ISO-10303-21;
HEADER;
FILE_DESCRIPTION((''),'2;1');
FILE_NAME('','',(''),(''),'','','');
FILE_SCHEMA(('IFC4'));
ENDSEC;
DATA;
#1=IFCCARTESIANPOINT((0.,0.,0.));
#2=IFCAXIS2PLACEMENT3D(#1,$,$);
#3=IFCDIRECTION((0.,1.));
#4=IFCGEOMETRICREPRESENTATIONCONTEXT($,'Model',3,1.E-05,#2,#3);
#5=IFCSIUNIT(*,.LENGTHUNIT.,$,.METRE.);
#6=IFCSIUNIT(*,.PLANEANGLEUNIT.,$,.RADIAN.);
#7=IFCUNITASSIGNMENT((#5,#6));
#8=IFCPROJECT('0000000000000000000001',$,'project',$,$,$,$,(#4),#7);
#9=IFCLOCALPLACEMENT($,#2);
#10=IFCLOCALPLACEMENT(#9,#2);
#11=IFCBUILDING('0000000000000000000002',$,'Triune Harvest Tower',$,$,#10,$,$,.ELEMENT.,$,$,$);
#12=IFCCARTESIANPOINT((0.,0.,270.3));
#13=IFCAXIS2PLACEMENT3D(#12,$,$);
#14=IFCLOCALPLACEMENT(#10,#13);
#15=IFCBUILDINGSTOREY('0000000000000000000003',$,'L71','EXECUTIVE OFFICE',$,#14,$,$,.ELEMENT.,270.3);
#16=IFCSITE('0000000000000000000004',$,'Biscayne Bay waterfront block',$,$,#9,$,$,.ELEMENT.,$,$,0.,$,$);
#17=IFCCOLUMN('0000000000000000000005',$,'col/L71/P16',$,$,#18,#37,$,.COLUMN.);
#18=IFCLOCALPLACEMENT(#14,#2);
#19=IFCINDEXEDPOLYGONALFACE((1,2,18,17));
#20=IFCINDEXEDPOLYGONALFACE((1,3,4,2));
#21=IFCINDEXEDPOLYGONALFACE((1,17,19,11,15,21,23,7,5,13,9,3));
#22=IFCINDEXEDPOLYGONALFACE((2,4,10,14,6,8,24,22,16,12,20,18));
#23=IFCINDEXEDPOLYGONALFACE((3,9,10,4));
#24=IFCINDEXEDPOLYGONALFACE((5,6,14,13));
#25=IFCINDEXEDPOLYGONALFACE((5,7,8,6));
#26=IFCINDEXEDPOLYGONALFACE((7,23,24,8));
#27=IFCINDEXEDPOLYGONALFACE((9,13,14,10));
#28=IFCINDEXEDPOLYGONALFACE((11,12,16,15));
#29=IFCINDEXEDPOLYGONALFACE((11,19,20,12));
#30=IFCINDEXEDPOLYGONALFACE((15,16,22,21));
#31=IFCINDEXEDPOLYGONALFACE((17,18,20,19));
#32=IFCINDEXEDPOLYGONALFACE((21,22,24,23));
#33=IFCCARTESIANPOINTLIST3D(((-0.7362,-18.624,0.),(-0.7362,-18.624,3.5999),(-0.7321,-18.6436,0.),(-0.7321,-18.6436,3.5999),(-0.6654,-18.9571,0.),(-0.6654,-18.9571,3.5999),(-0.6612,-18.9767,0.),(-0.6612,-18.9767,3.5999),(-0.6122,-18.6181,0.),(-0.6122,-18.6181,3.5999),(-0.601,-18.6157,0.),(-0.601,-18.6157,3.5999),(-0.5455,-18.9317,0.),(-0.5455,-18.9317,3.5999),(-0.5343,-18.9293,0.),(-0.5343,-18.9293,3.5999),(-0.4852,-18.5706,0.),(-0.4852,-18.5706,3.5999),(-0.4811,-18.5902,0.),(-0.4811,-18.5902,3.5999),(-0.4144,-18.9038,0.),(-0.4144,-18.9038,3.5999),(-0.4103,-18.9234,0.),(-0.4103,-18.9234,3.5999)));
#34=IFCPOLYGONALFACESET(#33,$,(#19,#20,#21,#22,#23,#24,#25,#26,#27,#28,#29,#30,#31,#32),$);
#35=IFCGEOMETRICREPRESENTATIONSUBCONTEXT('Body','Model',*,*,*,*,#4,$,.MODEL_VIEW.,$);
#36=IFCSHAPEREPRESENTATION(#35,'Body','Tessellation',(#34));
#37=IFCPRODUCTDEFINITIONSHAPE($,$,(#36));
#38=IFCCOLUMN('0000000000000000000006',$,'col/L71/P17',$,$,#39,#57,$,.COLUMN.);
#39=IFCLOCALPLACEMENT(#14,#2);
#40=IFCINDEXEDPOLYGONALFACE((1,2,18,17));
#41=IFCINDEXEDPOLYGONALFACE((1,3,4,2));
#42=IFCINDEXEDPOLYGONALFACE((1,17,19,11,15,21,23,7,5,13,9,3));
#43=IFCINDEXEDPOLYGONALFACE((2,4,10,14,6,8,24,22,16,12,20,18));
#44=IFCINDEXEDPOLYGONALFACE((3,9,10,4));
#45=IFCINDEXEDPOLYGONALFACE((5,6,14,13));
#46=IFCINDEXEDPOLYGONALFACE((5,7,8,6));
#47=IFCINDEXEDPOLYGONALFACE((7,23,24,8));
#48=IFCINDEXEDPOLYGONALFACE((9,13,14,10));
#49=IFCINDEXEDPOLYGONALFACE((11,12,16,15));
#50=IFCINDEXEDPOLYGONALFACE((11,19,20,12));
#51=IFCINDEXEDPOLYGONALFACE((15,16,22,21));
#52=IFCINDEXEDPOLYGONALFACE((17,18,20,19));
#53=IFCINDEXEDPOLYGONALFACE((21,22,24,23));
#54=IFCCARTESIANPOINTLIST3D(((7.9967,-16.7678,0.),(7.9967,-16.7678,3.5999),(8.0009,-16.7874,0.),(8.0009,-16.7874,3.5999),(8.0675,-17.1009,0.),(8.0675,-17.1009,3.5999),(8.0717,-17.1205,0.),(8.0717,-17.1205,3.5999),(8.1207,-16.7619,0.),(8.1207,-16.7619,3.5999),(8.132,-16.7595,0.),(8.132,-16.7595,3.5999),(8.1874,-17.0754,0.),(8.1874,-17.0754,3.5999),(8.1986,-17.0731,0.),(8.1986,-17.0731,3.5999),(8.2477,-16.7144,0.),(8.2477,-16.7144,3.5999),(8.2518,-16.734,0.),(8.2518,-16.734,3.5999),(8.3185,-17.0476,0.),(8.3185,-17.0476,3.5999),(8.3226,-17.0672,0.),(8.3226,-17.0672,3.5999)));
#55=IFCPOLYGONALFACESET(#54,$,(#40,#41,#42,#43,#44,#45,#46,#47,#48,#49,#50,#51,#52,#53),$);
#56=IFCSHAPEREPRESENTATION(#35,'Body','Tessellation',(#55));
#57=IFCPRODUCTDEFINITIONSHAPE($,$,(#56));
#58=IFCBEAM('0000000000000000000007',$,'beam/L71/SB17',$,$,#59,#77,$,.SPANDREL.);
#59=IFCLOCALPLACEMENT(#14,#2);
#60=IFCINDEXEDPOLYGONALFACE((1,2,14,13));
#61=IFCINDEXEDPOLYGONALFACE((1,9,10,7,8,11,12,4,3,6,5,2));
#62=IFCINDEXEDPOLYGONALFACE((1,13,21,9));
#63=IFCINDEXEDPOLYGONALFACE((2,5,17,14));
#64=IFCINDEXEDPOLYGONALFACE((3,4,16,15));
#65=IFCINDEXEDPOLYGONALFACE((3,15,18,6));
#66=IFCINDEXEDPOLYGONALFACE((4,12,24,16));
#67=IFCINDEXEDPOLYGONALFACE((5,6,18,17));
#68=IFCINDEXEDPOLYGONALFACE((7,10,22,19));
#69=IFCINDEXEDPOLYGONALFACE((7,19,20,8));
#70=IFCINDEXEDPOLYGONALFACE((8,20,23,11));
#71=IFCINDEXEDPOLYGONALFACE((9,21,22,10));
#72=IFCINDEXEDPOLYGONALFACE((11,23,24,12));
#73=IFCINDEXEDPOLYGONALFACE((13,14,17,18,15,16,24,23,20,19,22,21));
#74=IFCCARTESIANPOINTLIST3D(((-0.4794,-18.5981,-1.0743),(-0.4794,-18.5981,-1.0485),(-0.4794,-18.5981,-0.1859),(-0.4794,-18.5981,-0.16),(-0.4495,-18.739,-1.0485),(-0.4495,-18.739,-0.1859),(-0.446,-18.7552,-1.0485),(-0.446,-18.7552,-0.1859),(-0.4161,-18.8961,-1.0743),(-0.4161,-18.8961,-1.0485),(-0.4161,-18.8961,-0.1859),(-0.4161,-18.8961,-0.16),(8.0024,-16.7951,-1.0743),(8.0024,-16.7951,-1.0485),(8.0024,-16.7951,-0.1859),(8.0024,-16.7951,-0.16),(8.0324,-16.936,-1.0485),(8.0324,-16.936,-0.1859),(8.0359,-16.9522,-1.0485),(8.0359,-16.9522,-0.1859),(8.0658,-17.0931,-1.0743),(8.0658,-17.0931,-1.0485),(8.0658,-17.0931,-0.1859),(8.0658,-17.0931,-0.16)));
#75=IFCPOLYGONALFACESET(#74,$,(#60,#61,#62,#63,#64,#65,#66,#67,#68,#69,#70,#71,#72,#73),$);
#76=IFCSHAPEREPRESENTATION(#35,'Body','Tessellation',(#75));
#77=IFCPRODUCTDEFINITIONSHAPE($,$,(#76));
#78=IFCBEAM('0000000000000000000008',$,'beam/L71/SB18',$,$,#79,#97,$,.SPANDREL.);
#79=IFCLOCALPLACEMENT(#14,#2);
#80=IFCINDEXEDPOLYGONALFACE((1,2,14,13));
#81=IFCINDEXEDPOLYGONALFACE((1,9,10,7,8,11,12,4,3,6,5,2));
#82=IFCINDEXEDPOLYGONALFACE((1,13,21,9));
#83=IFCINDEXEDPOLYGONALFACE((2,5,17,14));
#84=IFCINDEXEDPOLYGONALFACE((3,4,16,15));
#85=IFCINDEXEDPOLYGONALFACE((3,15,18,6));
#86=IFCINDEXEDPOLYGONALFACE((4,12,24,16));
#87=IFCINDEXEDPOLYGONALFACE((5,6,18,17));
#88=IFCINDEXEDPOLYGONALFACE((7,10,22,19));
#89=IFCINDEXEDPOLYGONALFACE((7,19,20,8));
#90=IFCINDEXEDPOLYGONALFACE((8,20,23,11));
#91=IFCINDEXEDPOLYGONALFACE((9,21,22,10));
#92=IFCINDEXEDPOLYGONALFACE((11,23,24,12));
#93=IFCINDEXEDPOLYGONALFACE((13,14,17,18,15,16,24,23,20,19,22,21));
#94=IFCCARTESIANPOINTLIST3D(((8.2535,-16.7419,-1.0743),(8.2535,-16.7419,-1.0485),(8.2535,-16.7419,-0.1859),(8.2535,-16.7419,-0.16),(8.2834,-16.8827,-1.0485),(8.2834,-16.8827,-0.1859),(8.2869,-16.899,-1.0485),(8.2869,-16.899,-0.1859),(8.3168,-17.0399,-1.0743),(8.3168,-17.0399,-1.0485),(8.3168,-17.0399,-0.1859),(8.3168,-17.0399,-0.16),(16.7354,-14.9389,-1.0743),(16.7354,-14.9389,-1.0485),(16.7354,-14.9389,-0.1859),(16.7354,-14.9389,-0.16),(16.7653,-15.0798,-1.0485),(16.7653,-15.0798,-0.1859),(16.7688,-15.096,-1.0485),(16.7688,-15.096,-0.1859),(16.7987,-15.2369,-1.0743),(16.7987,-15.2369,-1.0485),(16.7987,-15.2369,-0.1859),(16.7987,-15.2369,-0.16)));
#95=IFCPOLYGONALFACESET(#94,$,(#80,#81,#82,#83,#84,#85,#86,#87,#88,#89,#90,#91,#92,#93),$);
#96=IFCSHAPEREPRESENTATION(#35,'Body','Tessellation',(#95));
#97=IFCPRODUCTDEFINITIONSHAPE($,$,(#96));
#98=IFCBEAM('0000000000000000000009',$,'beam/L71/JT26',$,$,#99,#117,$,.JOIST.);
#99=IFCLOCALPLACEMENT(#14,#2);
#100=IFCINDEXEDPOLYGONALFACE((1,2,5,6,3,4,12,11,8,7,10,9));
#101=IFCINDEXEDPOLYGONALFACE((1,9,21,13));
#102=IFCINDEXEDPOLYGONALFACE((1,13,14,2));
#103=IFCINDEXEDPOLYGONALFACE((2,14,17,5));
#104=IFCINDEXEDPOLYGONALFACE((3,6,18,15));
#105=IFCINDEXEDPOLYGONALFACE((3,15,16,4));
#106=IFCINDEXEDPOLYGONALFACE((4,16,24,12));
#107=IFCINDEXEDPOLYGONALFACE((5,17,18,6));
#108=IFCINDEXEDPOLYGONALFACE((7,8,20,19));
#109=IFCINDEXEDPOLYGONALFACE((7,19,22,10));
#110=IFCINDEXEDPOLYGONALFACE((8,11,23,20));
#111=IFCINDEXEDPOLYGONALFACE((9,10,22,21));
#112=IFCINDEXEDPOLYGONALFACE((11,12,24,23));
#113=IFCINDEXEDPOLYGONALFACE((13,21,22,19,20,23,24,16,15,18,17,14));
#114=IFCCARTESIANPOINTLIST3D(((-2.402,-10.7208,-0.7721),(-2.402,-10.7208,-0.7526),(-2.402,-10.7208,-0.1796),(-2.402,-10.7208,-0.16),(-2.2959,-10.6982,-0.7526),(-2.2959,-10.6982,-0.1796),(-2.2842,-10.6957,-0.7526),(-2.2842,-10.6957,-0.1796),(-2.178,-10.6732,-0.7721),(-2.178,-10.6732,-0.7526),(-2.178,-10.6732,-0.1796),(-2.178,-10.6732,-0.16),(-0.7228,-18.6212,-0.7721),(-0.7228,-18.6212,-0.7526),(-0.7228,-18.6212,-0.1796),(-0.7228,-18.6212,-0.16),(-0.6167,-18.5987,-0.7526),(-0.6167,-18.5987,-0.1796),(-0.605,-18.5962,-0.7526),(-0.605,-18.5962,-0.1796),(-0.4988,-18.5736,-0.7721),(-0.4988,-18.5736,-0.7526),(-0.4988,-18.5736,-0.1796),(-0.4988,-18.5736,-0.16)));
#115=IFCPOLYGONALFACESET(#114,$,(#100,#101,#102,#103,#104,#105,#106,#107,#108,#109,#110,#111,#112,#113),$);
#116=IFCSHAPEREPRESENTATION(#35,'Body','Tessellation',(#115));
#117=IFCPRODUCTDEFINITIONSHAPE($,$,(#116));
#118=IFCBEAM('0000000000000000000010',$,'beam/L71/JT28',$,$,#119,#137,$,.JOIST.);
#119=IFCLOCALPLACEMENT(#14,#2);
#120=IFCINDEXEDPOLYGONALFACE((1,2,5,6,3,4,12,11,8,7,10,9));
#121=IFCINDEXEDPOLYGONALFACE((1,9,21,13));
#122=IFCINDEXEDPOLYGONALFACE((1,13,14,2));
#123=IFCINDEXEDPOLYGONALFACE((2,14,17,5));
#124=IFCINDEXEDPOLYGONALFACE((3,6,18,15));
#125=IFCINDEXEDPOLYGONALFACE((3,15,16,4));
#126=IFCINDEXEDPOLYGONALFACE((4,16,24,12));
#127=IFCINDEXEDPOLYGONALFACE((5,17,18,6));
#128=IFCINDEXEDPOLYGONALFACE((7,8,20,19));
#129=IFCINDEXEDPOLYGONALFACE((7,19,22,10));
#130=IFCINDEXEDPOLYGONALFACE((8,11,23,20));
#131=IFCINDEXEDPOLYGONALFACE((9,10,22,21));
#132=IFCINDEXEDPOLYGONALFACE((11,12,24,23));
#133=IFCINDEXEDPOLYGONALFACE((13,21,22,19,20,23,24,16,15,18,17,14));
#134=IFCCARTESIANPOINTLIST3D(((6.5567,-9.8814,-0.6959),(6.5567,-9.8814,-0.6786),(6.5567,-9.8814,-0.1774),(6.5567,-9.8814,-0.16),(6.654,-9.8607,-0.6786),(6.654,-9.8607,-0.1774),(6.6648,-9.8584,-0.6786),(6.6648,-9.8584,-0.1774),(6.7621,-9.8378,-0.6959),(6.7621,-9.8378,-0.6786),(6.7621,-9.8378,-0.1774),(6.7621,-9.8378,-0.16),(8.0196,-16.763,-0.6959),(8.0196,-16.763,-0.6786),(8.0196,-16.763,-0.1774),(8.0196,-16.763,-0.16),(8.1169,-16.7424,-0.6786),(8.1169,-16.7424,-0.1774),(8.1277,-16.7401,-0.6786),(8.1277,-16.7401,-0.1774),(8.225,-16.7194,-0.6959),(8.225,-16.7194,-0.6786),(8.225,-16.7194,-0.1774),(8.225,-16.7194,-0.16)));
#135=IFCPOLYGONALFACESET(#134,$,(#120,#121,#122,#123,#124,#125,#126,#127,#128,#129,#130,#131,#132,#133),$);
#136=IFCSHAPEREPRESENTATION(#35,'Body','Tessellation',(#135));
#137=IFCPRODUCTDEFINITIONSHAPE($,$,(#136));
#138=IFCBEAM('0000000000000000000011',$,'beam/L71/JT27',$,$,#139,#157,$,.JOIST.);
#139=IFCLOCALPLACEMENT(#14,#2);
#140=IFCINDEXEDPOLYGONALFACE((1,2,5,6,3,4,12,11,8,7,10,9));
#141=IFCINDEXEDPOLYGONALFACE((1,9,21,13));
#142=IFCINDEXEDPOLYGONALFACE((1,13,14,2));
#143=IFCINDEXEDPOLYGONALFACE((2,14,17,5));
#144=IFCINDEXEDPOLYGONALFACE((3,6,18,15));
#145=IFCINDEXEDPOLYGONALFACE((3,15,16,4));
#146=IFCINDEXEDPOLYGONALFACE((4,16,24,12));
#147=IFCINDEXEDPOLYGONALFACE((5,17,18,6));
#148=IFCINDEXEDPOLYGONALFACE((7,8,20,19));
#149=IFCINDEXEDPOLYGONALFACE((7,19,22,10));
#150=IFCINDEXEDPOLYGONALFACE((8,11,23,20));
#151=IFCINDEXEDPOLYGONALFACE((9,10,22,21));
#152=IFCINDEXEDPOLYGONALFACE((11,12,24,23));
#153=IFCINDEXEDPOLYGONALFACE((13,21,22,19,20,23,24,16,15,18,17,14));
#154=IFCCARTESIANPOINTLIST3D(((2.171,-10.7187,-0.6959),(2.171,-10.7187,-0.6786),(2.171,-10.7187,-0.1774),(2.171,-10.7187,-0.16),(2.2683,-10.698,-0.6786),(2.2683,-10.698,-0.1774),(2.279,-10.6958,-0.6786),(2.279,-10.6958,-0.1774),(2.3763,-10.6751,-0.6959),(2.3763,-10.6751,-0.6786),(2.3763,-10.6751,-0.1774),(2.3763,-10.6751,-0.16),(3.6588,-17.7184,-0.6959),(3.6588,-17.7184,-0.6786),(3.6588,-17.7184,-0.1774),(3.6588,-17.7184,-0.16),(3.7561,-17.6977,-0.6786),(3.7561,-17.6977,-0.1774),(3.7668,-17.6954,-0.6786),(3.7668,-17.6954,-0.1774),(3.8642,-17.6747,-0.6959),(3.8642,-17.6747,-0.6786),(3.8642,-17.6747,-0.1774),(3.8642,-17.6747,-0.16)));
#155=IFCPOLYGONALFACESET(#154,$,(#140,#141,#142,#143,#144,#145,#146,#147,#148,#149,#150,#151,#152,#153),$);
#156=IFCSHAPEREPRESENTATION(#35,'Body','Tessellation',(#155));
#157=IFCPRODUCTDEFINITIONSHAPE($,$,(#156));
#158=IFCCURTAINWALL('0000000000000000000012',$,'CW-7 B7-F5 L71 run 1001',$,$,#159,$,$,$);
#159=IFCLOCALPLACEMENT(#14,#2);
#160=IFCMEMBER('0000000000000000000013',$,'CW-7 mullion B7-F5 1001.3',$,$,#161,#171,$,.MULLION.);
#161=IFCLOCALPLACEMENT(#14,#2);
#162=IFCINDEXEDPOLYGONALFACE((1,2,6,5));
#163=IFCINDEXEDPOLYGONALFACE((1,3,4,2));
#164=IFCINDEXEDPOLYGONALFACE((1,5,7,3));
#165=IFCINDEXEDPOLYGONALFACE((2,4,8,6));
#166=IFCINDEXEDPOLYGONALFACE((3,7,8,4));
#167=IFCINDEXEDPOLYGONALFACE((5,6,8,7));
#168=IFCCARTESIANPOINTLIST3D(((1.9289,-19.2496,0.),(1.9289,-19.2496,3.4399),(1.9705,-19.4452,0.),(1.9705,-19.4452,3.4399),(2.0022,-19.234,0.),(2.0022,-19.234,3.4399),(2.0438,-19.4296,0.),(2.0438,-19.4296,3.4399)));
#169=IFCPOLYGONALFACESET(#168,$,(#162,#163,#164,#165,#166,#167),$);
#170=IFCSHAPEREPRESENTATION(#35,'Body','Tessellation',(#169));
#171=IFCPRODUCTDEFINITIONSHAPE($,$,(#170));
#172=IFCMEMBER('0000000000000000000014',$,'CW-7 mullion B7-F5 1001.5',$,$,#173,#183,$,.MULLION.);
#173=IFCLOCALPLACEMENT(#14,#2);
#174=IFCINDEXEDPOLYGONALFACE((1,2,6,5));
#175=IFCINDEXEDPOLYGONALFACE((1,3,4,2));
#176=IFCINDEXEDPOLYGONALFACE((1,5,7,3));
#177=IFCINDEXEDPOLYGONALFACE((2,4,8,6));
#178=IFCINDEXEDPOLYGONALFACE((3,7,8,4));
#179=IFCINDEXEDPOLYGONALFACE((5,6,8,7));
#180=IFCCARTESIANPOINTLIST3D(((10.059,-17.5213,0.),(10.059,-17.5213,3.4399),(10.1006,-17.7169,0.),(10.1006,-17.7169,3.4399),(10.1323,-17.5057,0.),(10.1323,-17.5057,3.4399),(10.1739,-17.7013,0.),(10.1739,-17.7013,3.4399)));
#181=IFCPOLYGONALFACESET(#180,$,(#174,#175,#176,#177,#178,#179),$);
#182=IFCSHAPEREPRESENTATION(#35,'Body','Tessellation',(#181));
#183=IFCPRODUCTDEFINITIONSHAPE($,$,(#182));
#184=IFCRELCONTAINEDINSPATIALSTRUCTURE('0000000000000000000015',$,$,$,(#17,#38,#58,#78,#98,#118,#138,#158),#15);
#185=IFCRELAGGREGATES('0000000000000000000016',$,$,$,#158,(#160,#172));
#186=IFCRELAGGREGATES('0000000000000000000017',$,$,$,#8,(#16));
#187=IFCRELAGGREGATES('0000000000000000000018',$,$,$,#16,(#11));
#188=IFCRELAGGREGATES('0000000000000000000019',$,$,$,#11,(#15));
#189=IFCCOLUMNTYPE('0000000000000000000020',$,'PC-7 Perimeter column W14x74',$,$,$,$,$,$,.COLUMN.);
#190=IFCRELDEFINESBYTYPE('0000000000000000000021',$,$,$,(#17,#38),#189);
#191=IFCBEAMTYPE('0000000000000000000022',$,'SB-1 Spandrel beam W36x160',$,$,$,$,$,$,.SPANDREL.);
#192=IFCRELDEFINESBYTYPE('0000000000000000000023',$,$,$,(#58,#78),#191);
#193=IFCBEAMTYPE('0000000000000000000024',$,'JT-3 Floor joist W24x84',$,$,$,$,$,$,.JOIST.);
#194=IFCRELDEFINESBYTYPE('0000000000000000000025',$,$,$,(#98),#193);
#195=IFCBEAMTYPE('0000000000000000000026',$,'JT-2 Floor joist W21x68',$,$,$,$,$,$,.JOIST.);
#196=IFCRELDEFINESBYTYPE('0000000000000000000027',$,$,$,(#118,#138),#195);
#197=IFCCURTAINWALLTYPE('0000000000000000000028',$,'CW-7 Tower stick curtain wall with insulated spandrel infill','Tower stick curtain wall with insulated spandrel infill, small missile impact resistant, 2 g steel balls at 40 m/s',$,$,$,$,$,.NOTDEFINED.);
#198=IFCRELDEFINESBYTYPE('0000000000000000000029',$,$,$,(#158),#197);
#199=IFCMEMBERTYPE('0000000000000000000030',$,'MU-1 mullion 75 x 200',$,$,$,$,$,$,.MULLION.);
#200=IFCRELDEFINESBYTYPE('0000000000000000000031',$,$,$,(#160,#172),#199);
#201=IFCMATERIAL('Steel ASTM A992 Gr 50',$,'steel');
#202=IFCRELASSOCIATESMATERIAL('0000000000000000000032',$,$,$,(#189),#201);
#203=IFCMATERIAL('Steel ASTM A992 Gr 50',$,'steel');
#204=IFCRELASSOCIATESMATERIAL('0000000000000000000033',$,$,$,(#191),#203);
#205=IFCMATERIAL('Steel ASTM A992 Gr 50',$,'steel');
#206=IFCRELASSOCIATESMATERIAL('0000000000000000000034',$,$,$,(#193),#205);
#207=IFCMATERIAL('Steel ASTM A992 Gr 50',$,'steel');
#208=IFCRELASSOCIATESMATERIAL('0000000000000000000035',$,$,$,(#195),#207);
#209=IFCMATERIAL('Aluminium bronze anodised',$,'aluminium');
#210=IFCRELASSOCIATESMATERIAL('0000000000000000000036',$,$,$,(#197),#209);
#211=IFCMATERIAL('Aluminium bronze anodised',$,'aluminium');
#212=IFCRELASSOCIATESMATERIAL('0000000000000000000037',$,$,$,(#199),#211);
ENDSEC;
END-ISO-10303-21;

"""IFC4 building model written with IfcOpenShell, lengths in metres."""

from ifc_helpers import new_model, si_unit, direction, frame, origin, origin_2d, place, context, subcontext, project, spatial, rectangle, i_section, extrude, source, transform, mapped, material, material_profile, profile_set, type_object, element, aggregate, save


model = new_model("IFC4")

# Units and contexts
model_context = context("Model", 3, precision=1e-05, world=origin(), true_north=direction((0.0, 1.0)))
body_context = subcontext(model_context, "Body", "Model", "MODEL_VIEW")
ifc_project = project(units=[si_unit("LENGTHUNIT", "METRE"), si_unit("PLANEANGLEUNIT", "RADIAN")], contexts=[model_context])

# Site, building, storey
site_placement = place(None, origin())
site = spatial("IfcSite", under=ifc_project, at=site_placement, Name="Biscayne Bay waterfront block", CompositionType="ELEMENT", RefElevation=0.0)
building_placement = place(site_placement, origin())
building = spatial("IfcBuilding", under=site, at=building_placement, Name="Triune Harvest Tower", CompositionType="ELEMENT")
storey_placement = place(building_placement, frame((0.0, 0.0, 270.3)))
storey = spatial("IfcBuildingStorey", under=building, at=storey_placement, Name="L71", Description="EXECUTIVE OFFICE", CompositionType="ELEMENT", Elevation=270.3)

# Columns
ifc_material_1 = material(Name="Steel ASTM A992 Gr 50", Category="steel")
ifc_material_profile_1 = material_profile(ifc_material_1, i_section(OverallWidth=0.2566, OverallDepth=0.3606, WebThickness=0.0115, FlangeThickness=0.02, at=origin_2d()), Name="W14x74")
ifc_profile_set_1 = profile_set([ifc_material_profile_1], Name="Steel ASTM A992 Gr 50")
column_type = type_object("IfcColumnType", Name="PC-7 Perimeter column W14x74", PredefinedType="COLUMN", material=ifc_profile_set_1)
shared_shape_1 = source(origin(), body_context, "Body", "SweptSolid", [
    extrude(i_section(OverallWidth=0.2566, OverallDepth=0.3606, WebThickness=0.0115, FlangeThickness=0.02, at=origin_2d()), origin(), (0.0, 0.0, 1.0), 3.5999),
])
for number, where, z_axis, x_axis, name in (
    (1, (-0.5732, -18.7737, 0.0), (0.0, 0.0, 1.0), (0.978147, 0.207913, 0.0), "col/L71/P16"),
    (2, (8.1597, -16.9175, 0.0), (0.0, 0.0, 1.0), (0.978147, 0.207913, 0.0), "col/L71/P17"),
):
    element("IfcColumn", number, at=place(storey_placement, frame(where, z_axis=z_axis, x_axis=x_axis)), inside=storey, type_object=column_type, Name=name, PredefinedType="COLUMN", context=body_context, shape_type="MappedRepresentation", body=[
        mapped(shared_shape_1, transform((0.0, 0.0, 0.0), scale=1.0)),
    ])

# Beams
ifc_material_2 = material(Name="Steel ASTM A992 Gr 50", Category="steel")
ifc_material_profile_2 = material_profile(ifc_material_2, i_section(OverallWidth=0.3047, OverallDepth=0.9143, WebThickness=0.0166, FlangeThickness=0.0259, at=origin_2d()), Name="W36x160")
ifc_profile_set_2 = profile_set([ifc_material_profile_2], Name="Steel ASTM A992 Gr 50")
beam_type_1 = type_object("IfcBeamType", Name="SB-1 Spandrel beam W36x160", PredefinedType="SPANDREL", material=ifc_profile_set_2)
shared_shape_2 = source(origin(), body_context, "Body", "SweptSolid", [
    extrude(i_section(OverallWidth=0.3047, OverallDepth=0.9143, WebThickness=0.0166, FlangeThickness=0.0259, at=origin_2d()), origin(), (0.0, 0.0, 1.0), 8.6714),
])
for number, where, z_axis, x_axis, name in (
    (3, (-0.4478, -18.7471, -0.6172), (0.978146, 0.207921, 0.0), (-0.207921, 0.978146, 0.0), "beam/L71/SB17"),
    (4, (8.2852, -16.8909, -0.6172), (0.978146, 0.207921, 0.0), (-0.207921, 0.978146, 0.0), "beam/L71/SB18"),
):
    element("IfcBeam", number, at=place(storey_placement, frame(where, z_axis=z_axis, x_axis=x_axis)), inside=storey, type_object=beam_type_1, Name=name, PredefinedType="SPANDREL", context=body_context, shape_type="MappedRepresentation", body=[
        mapped(shared_shape_2, transform((0.0, 0.0, 0.0), scale=1.0)),
    ])
ifc_material_3 = material(Name="Steel ASTM A992 Gr 50", Category="steel")
ifc_material_profile_3 = material_profile(ifc_material_3, i_section(OverallWidth=0.229, OverallDepth=0.6121, WebThickness=0.012, FlangeThickness=0.0195, at=origin_2d()), Name="W24x84")
ifc_profile_set_3 = profile_set([ifc_material_profile_3], Name="Steel ASTM A992 Gr 50")
beam_type_2 = type_object("IfcBeamType", Name="JT-3 Floor joist W24x84", PredefinedType="JOIST", material=ifc_profile_set_3)
shared_shape_3 = source(origin(), body_context, "Body", "SweptSolid", [
    extrude(i_section(OverallWidth=0.229, OverallDepth=0.6121, WebThickness=0.012, FlangeThickness=0.0195, at=origin_2d()), origin(), (0.0, 0.0, 1.0), 8.0769),
])
beam_1_placement = place(storey_placement, frame((-0.6108, -18.5974, -0.4661), z_axis=(-0.207902, 0.97815, 0.0), x_axis=(-0.97815, -0.207902, 0.0)))
element("IfcBeam", 5, at=beam_1_placement, inside=storey, type_object=beam_type_2, Name="beam/L71/JT26", PredefinedType="JOIST", context=body_context, shape_type="MappedRepresentation", body=[
    mapped(shared_shape_3, transform((0.0, 0.0, 0.0), scale=1.0)),
])
ifc_material_4 = material(Name="Steel ASTM A992 Gr 50", Category="steel")
ifc_material_profile_4 = material_profile(ifc_material_4, i_section(OverallWidth=0.21, OverallDepth=0.5359, WebThickness=0.011, FlangeThickness=0.0173, at=origin_2d()), Name="W21x68")
ifc_profile_set_4 = profile_set([ifc_material_profile_4], Name="Steel ASTM A992 Gr 50")
beam_type_3 = type_object("IfcBeamType", Name="JT-2 Floor joist W21x68", PredefinedType="JOIST", material=ifc_profile_set_4)
shared_shape_4 = source(origin(), body_context, "Body", "SweptSolid", [
    extrude(i_section(OverallWidth=0.21, OverallDepth=0.5359, WebThickness=0.011, FlangeThickness=0.0173, at=origin_2d()), origin(), (0.0, 0.0, 1.0), 7.0354),
])
beam_2_placement = place(storey_placement, frame((8.1223, -16.7412, -0.428), z_axis=(-0.207934, 0.978143, 0.0), x_axis=(-0.978143, -0.207934, 0.0)))
element("IfcBeam", 6, at=beam_2_placement, inside=storey, type_object=beam_type_3, Name="beam/L71/JT28", PredefinedType="JOIST", context=body_context, shape_type="MappedRepresentation", body=[
    mapped(shared_shape_4, transform((0.0, 0.0, 0.0), scale=1.0)),
])
shared_shape_5 = source(origin(), body_context, "Body", "SweptSolid", [
    extrude(i_section(OverallWidth=0.21, OverallDepth=0.5359, WebThickness=0.011, FlangeThickness=0.0173, at=origin_2d()), origin(), (0.0, 0.0, 1.0), 7.156),
])
beam_3_placement = place(storey_placement, frame((3.7615, -17.6965, -0.428), z_axis=(-0.207912, 0.978148, 0.0), x_axis=(-0.978148, -0.207912, 0.0)))
element("IfcBeam", 7, at=beam_3_placement, inside=storey, type_object=beam_type_3, Name="beam/L71/JT27", PredefinedType="JOIST", context=body_context, shape_type="MappedRepresentation", body=[
    mapped(shared_shape_5, transform((0.0, 0.0, 0.0), scale=1.0)),
])

# Curtain wall, members
ifc_material_5 = material(Name="Aluminium bronze anodised", Category="aluminium")
curtain_wall_type = type_object("IfcCurtainWallType", Name="CW-7 Tower stick curtain wall with insulated spandrel infill", Description="Tower stick curtain wall with insulated spandrel infill, small missile impact resistant, 2 g steel balls at 40 m/s", PredefinedType="NOTDEFINED", material=ifc_material_5)
curtain_wall_placement = place(storey_placement, origin())
curtain_wall = element("IfcCurtainWall", 8, at=curtain_wall_placement, inside=storey, type_object=curtain_wall_type, Name="CW-7 B7-F5 L71 run 1001")
ifc_material_6 = material(Name="Aluminium bronze anodised", Category="aluminium")
ifc_material_profile_5 = material_profile(ifc_material_6, rectangle(XDim=0.2, YDim=0.075, at=origin_2d()), Name="MU-1 mullion 75 x 200")
ifc_profile_set_5 = profile_set([ifc_material_profile_5], Name="Aluminium bronze anodised")
member_type_1 = type_object("IfcMemberType", Name="MU-1 mullion 75 x 200", PredefinedType="MULLION", material=ifc_profile_set_5)
shared_shape_6 = source(origin(), body_context, "Body", "SweptSolid", [
    extrude(rectangle(XDim=0.2, YDim=0.075, at=origin_2d()), origin(), (0.0, 0.0, 1.0), 3.4399),
])
member_1_placement = place(storey_placement, frame((1.9863, -19.3396, 0.0), z_axis=(0.0, 0.0, 1.0), x_axis=(-0.207913, 0.978147, 0.0)))
member_1 = element("IfcMember", 9, at=member_1_placement, type_object=member_type_1, Name="CW-7 mullion B7-F5 1001.3", PredefinedType="MULLION", context=body_context, shape_type="MappedRepresentation", body=[
    mapped(shared_shape_6, transform((0.0, 0.0, 0.0), scale=1.0)),
])
member_2_placement = place(storey_placement, frame((10.1165, -17.6113, 0.0), z_axis=(0.0, 0.0, 1.0), x_axis=(-0.207913, 0.978147, 0.0)))
member_2 = element("IfcMember", 10, at=member_2_placement, type_object=member_type_1, Name="CW-7 mullion B7-F5 1001.5", PredefinedType="MULLION", context=body_context, shape_type="MappedRepresentation", body=[
    mapped(shared_shape_6, transform((0.0, 0.0, 0.0), scale=1.0)),
])
aggregate(curtain_wall, [member_1, member_2])

save(model, "model.ifc")
